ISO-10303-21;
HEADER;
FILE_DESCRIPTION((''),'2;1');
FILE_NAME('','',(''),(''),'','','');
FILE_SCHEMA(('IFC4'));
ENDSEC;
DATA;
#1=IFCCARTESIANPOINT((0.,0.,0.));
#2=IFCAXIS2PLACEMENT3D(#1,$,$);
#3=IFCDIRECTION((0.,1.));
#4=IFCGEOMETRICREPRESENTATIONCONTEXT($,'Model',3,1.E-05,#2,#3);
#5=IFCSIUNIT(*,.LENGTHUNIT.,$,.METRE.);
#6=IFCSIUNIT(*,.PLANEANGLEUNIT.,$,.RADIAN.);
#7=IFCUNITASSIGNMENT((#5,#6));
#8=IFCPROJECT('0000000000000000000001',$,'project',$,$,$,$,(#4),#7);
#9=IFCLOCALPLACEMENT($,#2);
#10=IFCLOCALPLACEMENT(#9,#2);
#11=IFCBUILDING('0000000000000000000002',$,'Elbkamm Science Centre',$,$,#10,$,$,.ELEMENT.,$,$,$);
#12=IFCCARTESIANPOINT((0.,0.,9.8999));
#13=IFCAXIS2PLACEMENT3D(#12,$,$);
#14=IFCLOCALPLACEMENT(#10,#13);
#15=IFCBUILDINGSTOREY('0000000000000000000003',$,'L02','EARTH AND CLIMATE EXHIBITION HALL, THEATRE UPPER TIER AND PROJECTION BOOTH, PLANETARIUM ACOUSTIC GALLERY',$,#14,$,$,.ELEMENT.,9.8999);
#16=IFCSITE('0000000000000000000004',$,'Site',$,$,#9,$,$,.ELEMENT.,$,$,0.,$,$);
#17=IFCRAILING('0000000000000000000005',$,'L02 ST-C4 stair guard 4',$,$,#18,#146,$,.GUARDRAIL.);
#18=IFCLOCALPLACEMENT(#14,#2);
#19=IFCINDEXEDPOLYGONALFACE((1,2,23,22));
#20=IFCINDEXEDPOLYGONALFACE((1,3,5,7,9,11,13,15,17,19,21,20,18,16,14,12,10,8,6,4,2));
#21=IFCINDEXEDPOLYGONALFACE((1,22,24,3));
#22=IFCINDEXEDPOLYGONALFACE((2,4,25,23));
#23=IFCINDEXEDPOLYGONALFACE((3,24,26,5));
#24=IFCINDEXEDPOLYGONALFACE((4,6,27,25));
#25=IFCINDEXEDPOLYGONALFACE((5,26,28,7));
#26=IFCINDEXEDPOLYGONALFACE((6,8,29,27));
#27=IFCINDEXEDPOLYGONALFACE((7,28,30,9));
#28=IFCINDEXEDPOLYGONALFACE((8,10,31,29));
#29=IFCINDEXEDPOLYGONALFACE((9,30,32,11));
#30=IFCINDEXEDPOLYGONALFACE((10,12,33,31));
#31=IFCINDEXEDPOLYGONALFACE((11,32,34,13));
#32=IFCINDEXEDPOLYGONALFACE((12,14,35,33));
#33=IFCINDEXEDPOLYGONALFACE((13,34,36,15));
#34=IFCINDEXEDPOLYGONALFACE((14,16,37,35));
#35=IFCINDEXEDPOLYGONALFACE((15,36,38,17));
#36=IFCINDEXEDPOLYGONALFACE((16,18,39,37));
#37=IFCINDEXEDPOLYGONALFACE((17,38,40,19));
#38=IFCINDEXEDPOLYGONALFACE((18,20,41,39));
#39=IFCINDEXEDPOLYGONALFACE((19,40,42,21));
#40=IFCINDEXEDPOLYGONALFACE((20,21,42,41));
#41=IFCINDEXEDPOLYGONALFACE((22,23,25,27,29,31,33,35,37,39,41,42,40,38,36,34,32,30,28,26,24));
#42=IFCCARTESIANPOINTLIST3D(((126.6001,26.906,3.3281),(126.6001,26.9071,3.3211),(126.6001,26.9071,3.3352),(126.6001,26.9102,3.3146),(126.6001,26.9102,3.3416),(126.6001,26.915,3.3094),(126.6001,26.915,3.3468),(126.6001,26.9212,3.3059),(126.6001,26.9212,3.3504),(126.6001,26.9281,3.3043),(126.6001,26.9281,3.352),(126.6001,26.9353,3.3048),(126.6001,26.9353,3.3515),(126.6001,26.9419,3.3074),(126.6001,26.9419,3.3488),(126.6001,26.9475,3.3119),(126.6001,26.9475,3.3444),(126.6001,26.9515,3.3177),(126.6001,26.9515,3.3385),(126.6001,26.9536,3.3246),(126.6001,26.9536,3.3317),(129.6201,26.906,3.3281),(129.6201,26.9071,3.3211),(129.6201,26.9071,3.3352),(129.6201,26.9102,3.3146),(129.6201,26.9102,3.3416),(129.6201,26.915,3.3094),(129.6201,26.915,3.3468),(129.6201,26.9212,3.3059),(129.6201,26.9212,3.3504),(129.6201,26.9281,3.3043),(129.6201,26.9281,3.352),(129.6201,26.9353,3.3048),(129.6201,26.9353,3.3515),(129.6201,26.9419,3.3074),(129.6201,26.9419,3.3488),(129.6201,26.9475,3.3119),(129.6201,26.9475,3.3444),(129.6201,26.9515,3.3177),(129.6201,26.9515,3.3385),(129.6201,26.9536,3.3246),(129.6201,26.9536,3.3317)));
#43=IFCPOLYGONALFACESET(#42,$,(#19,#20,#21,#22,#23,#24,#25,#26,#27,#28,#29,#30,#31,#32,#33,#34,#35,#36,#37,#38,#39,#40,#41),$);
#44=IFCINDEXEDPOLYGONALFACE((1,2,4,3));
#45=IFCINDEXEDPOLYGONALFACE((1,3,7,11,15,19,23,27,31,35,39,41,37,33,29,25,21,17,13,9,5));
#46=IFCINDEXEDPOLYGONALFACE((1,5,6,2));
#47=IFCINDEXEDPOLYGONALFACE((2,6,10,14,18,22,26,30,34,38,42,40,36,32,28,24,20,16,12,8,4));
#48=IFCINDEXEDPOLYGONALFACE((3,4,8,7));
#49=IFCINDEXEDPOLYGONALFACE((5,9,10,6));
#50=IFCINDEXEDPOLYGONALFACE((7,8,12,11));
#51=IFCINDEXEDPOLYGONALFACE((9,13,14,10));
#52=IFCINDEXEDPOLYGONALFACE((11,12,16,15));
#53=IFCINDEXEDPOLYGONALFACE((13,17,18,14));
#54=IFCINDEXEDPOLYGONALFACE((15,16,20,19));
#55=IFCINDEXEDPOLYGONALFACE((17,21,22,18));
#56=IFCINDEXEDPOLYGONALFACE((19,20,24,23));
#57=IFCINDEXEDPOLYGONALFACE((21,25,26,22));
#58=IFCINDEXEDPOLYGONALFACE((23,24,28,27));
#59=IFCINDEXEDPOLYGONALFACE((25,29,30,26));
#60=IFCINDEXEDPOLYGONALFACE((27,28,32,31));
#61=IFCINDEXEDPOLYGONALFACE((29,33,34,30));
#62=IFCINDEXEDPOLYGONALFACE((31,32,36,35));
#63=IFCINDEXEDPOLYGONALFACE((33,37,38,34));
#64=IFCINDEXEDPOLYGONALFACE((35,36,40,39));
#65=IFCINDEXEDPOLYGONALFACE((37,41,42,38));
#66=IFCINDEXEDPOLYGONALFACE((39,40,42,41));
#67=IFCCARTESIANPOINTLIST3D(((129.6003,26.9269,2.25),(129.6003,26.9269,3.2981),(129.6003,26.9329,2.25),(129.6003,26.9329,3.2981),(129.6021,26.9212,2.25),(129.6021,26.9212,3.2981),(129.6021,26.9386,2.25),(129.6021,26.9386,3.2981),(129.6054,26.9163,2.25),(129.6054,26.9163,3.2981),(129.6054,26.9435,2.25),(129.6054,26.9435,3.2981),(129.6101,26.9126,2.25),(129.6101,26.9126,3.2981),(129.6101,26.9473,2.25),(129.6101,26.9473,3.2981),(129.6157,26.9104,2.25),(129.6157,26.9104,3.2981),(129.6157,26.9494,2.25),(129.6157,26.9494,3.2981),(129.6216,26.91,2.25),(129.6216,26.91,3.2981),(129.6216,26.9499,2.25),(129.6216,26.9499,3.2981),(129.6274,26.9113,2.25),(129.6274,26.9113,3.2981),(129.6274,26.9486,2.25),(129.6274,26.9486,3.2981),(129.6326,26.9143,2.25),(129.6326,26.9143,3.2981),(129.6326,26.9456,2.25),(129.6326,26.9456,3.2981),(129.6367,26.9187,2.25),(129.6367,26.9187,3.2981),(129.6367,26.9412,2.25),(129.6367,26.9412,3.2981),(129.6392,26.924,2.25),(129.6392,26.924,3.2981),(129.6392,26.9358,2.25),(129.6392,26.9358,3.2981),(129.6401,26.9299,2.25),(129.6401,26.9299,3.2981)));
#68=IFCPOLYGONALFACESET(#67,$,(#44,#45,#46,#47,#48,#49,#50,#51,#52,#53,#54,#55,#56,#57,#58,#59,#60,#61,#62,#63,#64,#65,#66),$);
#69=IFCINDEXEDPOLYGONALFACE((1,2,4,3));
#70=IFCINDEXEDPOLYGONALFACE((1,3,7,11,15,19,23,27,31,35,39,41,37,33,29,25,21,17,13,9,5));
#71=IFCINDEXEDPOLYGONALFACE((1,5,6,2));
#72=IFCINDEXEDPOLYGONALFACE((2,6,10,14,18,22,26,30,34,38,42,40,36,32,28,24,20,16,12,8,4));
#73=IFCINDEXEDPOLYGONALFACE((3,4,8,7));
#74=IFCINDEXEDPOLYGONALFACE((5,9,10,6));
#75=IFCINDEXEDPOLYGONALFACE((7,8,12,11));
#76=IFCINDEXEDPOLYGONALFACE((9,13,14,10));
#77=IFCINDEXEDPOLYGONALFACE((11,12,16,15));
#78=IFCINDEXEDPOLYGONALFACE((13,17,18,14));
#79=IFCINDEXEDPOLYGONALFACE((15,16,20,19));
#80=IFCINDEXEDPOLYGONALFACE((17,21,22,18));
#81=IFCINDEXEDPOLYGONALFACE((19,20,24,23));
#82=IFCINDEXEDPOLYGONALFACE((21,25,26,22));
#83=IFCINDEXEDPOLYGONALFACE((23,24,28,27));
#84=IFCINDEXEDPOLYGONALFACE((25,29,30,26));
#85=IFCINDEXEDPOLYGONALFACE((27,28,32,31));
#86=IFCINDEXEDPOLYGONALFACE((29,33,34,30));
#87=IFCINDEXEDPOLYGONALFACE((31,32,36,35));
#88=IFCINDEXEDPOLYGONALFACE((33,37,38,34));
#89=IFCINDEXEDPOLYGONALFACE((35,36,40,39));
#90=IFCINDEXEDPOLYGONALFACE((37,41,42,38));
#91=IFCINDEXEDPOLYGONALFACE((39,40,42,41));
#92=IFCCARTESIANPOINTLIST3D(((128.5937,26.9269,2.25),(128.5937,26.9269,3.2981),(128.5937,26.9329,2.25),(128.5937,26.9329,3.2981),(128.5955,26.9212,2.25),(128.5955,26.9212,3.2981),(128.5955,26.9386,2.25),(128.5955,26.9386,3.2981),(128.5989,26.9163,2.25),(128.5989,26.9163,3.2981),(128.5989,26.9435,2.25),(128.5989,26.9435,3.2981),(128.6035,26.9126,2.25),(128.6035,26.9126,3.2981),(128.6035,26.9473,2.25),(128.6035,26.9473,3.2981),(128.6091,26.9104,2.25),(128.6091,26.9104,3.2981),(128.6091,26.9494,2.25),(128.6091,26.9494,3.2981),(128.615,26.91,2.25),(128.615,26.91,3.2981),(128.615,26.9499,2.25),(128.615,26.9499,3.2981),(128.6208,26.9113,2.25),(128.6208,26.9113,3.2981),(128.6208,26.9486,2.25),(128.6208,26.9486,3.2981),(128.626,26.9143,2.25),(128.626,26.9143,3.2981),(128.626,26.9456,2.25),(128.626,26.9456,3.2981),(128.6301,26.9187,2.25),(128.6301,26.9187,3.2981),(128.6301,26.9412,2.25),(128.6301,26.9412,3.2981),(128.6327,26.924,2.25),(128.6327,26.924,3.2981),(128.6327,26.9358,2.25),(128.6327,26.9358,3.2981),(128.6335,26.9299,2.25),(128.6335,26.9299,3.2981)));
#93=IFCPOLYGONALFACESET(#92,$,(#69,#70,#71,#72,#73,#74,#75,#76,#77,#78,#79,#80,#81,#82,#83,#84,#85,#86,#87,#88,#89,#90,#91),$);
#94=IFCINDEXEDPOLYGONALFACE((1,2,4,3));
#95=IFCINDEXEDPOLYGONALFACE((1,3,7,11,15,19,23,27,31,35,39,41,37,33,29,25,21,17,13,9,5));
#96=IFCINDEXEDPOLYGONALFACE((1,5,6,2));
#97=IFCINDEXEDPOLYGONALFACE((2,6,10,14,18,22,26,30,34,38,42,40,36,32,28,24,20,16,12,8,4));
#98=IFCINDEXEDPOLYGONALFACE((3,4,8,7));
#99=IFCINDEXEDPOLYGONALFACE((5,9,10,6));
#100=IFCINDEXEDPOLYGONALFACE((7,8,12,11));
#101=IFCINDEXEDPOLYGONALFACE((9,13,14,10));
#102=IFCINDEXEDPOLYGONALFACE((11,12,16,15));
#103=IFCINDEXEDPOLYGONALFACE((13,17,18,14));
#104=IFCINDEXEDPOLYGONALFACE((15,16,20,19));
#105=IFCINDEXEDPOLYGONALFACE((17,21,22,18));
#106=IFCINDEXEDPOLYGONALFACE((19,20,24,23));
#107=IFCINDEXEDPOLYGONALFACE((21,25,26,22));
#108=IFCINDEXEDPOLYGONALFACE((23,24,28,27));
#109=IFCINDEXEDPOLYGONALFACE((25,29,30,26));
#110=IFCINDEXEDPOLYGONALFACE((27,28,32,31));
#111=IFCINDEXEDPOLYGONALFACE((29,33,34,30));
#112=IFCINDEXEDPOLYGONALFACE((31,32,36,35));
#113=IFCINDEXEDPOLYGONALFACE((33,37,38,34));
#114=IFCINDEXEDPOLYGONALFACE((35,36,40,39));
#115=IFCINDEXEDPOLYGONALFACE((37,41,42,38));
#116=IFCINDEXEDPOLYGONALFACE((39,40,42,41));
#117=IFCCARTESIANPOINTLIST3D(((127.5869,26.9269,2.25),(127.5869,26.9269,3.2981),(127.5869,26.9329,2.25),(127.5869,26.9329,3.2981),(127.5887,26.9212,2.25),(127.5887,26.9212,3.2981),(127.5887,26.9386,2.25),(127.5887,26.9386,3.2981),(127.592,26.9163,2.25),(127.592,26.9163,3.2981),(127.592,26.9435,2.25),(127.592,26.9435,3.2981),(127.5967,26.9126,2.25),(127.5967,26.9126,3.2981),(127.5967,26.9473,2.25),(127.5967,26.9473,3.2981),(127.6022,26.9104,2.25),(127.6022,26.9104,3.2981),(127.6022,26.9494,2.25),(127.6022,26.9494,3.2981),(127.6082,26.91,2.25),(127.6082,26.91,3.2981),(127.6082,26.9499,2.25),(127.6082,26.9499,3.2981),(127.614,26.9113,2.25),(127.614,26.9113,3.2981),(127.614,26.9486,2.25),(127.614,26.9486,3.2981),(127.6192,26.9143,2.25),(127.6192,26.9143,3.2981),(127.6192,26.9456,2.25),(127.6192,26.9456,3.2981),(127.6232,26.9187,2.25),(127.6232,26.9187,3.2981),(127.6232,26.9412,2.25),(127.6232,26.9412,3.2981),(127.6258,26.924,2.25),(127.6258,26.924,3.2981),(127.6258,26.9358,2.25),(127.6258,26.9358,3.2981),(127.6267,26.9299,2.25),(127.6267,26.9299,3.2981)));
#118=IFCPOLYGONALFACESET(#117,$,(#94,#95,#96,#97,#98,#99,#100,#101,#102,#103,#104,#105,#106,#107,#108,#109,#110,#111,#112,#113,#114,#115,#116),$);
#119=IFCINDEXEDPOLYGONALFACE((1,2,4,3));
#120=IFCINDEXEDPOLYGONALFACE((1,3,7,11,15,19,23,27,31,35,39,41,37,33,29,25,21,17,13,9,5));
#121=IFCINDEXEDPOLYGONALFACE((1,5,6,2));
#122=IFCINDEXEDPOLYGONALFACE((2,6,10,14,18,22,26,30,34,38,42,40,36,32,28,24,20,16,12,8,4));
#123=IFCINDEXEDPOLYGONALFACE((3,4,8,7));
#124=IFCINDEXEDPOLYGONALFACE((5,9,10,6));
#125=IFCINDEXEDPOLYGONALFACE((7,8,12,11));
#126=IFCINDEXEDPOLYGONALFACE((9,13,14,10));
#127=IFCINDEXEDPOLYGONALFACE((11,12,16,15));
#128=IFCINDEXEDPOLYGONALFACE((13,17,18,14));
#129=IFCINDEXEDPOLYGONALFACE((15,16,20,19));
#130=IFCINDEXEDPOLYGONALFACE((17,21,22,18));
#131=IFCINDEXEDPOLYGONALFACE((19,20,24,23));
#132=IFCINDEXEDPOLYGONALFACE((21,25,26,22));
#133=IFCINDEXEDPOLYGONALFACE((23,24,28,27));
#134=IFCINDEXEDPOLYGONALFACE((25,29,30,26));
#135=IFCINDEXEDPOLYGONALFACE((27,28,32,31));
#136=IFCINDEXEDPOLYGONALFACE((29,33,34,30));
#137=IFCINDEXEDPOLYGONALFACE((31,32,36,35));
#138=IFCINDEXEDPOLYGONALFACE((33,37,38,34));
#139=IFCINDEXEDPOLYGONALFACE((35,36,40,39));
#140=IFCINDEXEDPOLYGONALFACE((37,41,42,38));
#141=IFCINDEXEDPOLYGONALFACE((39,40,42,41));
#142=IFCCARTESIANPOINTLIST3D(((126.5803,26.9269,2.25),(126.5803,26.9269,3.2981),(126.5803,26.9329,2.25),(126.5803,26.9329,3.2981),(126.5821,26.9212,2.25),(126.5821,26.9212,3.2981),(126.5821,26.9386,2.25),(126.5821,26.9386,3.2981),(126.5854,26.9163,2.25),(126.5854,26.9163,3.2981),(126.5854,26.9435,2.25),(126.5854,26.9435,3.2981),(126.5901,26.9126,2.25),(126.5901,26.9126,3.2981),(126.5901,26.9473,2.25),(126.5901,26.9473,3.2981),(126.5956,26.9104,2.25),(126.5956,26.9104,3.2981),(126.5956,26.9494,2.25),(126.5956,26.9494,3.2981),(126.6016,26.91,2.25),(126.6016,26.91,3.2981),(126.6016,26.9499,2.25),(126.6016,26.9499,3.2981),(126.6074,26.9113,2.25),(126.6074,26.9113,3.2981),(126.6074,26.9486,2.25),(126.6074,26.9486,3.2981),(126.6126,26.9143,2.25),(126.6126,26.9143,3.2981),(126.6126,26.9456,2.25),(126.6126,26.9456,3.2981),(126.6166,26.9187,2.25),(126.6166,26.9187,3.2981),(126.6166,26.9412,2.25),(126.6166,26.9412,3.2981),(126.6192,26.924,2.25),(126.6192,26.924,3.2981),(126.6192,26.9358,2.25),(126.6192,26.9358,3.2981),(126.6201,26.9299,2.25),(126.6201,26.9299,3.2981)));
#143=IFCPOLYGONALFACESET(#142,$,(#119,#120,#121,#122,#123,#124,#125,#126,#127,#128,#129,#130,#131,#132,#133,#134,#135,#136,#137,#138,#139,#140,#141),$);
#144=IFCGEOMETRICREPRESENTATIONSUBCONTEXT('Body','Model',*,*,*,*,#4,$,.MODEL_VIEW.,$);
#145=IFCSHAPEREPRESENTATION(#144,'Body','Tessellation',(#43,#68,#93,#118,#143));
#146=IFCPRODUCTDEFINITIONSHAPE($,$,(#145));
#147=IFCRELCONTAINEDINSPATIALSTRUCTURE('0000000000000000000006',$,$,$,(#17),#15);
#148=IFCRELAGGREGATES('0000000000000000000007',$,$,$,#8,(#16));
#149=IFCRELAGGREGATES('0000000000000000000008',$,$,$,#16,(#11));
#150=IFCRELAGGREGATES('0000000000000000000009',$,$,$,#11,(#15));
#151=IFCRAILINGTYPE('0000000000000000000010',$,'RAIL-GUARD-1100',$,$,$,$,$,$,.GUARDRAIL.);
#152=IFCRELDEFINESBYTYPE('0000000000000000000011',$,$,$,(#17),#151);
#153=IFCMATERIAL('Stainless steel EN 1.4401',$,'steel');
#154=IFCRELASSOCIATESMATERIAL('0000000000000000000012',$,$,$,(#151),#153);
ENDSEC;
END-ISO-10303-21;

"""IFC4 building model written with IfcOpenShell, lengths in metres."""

from ifc_helpers import new_model, si_unit, direction, frame, origin, origin_2d, place, context, subcontext, project, spatial, circle, extrude, material, type_object, element, save


model = new_model("IFC4")

# Units and contexts
model_context = context("Model", 3, precision=1e-05, world=origin(), true_north=direction((0.0, 1.0)))
body_context = subcontext(model_context, "Body", "Model", "MODEL_VIEW")
ifc_project = project(units=[si_unit("LENGTHUNIT", "METRE"), si_unit("PLANEANGLEUNIT", "RADIAN")], contexts=[model_context])

# Site, building, storey
site_placement = place(None, origin())
site = spatial("IfcSite", under=ifc_project, at=site_placement, Name="Site", CompositionType="ELEMENT", RefElevation=0.0)
building_placement = place(site_placement, origin())
building = spatial("IfcBuilding", under=site, at=building_placement, Name="Elbkamm Science Centre", CompositionType="ELEMENT")
storey_placement = place(building_placement, frame((0.0, 0.0, 9.8999)))
storey = spatial("IfcBuildingStorey", under=building, at=storey_placement, Name="L02", Description="EARTH AND CLIMATE EXHIBITION HALL, THEATRE UPPER TIER AND PROJECTION BOOTH, PLANETARIUM ACOUSTIC GALLERY", CompositionType="ELEMENT", Elevation=9.8999)

# Railing
ifc_material_1 = material(Name="Stainless steel EN 1.4401", Category="steel")
railing_type_1 = type_object("IfcRailingType", Name="RAIL-GUARD-1100", PredefinedType="GUARDRAIL", material=ifc_material_1)
railing_1_placement = place(storey_placement, frame((129.6201, 26.9299, 2.25)))
element("IfcRailing", 1, at=railing_1_placement, inside=storey, type_object=railing_type_1, Name="L02 ST-C4 stair guard 4", PredefinedType="GUARDRAIL", context=body_context, shape_type="SweptSolid", body=[
    extrude(circle(Radius=0.0239, at=origin_2d()), frame((0.0, 0.0, 1.0781), z_axis=(-1.0, 0.0, 0.0), x_axis=(0.0, -1.0, 0.0)), (0.0, 0.0, 1.0), 3.02),
    extrude(circle(Radius=0.02, at=origin_2d()), origin(), (0.0, 0.0, 1.0), 1.0481),
    extrude(circle(Radius=0.02, at=origin_2d()), frame((-1.0066, 0.0, 0.0)), (0.0, 0.0, 1.0), 1.0481),
    extrude(circle(Radius=0.02, at=origin_2d()), frame((-2.0134, 0.0, 0.0)), (0.0, 0.0, 1.0), 1.0481),
    extrude(circle(Radius=0.02, at=origin_2d()), frame((-3.02, 0.0, 0.0)), (0.0, 0.0, 1.0), 1.0481),
])

save(model, "model.ifc")
